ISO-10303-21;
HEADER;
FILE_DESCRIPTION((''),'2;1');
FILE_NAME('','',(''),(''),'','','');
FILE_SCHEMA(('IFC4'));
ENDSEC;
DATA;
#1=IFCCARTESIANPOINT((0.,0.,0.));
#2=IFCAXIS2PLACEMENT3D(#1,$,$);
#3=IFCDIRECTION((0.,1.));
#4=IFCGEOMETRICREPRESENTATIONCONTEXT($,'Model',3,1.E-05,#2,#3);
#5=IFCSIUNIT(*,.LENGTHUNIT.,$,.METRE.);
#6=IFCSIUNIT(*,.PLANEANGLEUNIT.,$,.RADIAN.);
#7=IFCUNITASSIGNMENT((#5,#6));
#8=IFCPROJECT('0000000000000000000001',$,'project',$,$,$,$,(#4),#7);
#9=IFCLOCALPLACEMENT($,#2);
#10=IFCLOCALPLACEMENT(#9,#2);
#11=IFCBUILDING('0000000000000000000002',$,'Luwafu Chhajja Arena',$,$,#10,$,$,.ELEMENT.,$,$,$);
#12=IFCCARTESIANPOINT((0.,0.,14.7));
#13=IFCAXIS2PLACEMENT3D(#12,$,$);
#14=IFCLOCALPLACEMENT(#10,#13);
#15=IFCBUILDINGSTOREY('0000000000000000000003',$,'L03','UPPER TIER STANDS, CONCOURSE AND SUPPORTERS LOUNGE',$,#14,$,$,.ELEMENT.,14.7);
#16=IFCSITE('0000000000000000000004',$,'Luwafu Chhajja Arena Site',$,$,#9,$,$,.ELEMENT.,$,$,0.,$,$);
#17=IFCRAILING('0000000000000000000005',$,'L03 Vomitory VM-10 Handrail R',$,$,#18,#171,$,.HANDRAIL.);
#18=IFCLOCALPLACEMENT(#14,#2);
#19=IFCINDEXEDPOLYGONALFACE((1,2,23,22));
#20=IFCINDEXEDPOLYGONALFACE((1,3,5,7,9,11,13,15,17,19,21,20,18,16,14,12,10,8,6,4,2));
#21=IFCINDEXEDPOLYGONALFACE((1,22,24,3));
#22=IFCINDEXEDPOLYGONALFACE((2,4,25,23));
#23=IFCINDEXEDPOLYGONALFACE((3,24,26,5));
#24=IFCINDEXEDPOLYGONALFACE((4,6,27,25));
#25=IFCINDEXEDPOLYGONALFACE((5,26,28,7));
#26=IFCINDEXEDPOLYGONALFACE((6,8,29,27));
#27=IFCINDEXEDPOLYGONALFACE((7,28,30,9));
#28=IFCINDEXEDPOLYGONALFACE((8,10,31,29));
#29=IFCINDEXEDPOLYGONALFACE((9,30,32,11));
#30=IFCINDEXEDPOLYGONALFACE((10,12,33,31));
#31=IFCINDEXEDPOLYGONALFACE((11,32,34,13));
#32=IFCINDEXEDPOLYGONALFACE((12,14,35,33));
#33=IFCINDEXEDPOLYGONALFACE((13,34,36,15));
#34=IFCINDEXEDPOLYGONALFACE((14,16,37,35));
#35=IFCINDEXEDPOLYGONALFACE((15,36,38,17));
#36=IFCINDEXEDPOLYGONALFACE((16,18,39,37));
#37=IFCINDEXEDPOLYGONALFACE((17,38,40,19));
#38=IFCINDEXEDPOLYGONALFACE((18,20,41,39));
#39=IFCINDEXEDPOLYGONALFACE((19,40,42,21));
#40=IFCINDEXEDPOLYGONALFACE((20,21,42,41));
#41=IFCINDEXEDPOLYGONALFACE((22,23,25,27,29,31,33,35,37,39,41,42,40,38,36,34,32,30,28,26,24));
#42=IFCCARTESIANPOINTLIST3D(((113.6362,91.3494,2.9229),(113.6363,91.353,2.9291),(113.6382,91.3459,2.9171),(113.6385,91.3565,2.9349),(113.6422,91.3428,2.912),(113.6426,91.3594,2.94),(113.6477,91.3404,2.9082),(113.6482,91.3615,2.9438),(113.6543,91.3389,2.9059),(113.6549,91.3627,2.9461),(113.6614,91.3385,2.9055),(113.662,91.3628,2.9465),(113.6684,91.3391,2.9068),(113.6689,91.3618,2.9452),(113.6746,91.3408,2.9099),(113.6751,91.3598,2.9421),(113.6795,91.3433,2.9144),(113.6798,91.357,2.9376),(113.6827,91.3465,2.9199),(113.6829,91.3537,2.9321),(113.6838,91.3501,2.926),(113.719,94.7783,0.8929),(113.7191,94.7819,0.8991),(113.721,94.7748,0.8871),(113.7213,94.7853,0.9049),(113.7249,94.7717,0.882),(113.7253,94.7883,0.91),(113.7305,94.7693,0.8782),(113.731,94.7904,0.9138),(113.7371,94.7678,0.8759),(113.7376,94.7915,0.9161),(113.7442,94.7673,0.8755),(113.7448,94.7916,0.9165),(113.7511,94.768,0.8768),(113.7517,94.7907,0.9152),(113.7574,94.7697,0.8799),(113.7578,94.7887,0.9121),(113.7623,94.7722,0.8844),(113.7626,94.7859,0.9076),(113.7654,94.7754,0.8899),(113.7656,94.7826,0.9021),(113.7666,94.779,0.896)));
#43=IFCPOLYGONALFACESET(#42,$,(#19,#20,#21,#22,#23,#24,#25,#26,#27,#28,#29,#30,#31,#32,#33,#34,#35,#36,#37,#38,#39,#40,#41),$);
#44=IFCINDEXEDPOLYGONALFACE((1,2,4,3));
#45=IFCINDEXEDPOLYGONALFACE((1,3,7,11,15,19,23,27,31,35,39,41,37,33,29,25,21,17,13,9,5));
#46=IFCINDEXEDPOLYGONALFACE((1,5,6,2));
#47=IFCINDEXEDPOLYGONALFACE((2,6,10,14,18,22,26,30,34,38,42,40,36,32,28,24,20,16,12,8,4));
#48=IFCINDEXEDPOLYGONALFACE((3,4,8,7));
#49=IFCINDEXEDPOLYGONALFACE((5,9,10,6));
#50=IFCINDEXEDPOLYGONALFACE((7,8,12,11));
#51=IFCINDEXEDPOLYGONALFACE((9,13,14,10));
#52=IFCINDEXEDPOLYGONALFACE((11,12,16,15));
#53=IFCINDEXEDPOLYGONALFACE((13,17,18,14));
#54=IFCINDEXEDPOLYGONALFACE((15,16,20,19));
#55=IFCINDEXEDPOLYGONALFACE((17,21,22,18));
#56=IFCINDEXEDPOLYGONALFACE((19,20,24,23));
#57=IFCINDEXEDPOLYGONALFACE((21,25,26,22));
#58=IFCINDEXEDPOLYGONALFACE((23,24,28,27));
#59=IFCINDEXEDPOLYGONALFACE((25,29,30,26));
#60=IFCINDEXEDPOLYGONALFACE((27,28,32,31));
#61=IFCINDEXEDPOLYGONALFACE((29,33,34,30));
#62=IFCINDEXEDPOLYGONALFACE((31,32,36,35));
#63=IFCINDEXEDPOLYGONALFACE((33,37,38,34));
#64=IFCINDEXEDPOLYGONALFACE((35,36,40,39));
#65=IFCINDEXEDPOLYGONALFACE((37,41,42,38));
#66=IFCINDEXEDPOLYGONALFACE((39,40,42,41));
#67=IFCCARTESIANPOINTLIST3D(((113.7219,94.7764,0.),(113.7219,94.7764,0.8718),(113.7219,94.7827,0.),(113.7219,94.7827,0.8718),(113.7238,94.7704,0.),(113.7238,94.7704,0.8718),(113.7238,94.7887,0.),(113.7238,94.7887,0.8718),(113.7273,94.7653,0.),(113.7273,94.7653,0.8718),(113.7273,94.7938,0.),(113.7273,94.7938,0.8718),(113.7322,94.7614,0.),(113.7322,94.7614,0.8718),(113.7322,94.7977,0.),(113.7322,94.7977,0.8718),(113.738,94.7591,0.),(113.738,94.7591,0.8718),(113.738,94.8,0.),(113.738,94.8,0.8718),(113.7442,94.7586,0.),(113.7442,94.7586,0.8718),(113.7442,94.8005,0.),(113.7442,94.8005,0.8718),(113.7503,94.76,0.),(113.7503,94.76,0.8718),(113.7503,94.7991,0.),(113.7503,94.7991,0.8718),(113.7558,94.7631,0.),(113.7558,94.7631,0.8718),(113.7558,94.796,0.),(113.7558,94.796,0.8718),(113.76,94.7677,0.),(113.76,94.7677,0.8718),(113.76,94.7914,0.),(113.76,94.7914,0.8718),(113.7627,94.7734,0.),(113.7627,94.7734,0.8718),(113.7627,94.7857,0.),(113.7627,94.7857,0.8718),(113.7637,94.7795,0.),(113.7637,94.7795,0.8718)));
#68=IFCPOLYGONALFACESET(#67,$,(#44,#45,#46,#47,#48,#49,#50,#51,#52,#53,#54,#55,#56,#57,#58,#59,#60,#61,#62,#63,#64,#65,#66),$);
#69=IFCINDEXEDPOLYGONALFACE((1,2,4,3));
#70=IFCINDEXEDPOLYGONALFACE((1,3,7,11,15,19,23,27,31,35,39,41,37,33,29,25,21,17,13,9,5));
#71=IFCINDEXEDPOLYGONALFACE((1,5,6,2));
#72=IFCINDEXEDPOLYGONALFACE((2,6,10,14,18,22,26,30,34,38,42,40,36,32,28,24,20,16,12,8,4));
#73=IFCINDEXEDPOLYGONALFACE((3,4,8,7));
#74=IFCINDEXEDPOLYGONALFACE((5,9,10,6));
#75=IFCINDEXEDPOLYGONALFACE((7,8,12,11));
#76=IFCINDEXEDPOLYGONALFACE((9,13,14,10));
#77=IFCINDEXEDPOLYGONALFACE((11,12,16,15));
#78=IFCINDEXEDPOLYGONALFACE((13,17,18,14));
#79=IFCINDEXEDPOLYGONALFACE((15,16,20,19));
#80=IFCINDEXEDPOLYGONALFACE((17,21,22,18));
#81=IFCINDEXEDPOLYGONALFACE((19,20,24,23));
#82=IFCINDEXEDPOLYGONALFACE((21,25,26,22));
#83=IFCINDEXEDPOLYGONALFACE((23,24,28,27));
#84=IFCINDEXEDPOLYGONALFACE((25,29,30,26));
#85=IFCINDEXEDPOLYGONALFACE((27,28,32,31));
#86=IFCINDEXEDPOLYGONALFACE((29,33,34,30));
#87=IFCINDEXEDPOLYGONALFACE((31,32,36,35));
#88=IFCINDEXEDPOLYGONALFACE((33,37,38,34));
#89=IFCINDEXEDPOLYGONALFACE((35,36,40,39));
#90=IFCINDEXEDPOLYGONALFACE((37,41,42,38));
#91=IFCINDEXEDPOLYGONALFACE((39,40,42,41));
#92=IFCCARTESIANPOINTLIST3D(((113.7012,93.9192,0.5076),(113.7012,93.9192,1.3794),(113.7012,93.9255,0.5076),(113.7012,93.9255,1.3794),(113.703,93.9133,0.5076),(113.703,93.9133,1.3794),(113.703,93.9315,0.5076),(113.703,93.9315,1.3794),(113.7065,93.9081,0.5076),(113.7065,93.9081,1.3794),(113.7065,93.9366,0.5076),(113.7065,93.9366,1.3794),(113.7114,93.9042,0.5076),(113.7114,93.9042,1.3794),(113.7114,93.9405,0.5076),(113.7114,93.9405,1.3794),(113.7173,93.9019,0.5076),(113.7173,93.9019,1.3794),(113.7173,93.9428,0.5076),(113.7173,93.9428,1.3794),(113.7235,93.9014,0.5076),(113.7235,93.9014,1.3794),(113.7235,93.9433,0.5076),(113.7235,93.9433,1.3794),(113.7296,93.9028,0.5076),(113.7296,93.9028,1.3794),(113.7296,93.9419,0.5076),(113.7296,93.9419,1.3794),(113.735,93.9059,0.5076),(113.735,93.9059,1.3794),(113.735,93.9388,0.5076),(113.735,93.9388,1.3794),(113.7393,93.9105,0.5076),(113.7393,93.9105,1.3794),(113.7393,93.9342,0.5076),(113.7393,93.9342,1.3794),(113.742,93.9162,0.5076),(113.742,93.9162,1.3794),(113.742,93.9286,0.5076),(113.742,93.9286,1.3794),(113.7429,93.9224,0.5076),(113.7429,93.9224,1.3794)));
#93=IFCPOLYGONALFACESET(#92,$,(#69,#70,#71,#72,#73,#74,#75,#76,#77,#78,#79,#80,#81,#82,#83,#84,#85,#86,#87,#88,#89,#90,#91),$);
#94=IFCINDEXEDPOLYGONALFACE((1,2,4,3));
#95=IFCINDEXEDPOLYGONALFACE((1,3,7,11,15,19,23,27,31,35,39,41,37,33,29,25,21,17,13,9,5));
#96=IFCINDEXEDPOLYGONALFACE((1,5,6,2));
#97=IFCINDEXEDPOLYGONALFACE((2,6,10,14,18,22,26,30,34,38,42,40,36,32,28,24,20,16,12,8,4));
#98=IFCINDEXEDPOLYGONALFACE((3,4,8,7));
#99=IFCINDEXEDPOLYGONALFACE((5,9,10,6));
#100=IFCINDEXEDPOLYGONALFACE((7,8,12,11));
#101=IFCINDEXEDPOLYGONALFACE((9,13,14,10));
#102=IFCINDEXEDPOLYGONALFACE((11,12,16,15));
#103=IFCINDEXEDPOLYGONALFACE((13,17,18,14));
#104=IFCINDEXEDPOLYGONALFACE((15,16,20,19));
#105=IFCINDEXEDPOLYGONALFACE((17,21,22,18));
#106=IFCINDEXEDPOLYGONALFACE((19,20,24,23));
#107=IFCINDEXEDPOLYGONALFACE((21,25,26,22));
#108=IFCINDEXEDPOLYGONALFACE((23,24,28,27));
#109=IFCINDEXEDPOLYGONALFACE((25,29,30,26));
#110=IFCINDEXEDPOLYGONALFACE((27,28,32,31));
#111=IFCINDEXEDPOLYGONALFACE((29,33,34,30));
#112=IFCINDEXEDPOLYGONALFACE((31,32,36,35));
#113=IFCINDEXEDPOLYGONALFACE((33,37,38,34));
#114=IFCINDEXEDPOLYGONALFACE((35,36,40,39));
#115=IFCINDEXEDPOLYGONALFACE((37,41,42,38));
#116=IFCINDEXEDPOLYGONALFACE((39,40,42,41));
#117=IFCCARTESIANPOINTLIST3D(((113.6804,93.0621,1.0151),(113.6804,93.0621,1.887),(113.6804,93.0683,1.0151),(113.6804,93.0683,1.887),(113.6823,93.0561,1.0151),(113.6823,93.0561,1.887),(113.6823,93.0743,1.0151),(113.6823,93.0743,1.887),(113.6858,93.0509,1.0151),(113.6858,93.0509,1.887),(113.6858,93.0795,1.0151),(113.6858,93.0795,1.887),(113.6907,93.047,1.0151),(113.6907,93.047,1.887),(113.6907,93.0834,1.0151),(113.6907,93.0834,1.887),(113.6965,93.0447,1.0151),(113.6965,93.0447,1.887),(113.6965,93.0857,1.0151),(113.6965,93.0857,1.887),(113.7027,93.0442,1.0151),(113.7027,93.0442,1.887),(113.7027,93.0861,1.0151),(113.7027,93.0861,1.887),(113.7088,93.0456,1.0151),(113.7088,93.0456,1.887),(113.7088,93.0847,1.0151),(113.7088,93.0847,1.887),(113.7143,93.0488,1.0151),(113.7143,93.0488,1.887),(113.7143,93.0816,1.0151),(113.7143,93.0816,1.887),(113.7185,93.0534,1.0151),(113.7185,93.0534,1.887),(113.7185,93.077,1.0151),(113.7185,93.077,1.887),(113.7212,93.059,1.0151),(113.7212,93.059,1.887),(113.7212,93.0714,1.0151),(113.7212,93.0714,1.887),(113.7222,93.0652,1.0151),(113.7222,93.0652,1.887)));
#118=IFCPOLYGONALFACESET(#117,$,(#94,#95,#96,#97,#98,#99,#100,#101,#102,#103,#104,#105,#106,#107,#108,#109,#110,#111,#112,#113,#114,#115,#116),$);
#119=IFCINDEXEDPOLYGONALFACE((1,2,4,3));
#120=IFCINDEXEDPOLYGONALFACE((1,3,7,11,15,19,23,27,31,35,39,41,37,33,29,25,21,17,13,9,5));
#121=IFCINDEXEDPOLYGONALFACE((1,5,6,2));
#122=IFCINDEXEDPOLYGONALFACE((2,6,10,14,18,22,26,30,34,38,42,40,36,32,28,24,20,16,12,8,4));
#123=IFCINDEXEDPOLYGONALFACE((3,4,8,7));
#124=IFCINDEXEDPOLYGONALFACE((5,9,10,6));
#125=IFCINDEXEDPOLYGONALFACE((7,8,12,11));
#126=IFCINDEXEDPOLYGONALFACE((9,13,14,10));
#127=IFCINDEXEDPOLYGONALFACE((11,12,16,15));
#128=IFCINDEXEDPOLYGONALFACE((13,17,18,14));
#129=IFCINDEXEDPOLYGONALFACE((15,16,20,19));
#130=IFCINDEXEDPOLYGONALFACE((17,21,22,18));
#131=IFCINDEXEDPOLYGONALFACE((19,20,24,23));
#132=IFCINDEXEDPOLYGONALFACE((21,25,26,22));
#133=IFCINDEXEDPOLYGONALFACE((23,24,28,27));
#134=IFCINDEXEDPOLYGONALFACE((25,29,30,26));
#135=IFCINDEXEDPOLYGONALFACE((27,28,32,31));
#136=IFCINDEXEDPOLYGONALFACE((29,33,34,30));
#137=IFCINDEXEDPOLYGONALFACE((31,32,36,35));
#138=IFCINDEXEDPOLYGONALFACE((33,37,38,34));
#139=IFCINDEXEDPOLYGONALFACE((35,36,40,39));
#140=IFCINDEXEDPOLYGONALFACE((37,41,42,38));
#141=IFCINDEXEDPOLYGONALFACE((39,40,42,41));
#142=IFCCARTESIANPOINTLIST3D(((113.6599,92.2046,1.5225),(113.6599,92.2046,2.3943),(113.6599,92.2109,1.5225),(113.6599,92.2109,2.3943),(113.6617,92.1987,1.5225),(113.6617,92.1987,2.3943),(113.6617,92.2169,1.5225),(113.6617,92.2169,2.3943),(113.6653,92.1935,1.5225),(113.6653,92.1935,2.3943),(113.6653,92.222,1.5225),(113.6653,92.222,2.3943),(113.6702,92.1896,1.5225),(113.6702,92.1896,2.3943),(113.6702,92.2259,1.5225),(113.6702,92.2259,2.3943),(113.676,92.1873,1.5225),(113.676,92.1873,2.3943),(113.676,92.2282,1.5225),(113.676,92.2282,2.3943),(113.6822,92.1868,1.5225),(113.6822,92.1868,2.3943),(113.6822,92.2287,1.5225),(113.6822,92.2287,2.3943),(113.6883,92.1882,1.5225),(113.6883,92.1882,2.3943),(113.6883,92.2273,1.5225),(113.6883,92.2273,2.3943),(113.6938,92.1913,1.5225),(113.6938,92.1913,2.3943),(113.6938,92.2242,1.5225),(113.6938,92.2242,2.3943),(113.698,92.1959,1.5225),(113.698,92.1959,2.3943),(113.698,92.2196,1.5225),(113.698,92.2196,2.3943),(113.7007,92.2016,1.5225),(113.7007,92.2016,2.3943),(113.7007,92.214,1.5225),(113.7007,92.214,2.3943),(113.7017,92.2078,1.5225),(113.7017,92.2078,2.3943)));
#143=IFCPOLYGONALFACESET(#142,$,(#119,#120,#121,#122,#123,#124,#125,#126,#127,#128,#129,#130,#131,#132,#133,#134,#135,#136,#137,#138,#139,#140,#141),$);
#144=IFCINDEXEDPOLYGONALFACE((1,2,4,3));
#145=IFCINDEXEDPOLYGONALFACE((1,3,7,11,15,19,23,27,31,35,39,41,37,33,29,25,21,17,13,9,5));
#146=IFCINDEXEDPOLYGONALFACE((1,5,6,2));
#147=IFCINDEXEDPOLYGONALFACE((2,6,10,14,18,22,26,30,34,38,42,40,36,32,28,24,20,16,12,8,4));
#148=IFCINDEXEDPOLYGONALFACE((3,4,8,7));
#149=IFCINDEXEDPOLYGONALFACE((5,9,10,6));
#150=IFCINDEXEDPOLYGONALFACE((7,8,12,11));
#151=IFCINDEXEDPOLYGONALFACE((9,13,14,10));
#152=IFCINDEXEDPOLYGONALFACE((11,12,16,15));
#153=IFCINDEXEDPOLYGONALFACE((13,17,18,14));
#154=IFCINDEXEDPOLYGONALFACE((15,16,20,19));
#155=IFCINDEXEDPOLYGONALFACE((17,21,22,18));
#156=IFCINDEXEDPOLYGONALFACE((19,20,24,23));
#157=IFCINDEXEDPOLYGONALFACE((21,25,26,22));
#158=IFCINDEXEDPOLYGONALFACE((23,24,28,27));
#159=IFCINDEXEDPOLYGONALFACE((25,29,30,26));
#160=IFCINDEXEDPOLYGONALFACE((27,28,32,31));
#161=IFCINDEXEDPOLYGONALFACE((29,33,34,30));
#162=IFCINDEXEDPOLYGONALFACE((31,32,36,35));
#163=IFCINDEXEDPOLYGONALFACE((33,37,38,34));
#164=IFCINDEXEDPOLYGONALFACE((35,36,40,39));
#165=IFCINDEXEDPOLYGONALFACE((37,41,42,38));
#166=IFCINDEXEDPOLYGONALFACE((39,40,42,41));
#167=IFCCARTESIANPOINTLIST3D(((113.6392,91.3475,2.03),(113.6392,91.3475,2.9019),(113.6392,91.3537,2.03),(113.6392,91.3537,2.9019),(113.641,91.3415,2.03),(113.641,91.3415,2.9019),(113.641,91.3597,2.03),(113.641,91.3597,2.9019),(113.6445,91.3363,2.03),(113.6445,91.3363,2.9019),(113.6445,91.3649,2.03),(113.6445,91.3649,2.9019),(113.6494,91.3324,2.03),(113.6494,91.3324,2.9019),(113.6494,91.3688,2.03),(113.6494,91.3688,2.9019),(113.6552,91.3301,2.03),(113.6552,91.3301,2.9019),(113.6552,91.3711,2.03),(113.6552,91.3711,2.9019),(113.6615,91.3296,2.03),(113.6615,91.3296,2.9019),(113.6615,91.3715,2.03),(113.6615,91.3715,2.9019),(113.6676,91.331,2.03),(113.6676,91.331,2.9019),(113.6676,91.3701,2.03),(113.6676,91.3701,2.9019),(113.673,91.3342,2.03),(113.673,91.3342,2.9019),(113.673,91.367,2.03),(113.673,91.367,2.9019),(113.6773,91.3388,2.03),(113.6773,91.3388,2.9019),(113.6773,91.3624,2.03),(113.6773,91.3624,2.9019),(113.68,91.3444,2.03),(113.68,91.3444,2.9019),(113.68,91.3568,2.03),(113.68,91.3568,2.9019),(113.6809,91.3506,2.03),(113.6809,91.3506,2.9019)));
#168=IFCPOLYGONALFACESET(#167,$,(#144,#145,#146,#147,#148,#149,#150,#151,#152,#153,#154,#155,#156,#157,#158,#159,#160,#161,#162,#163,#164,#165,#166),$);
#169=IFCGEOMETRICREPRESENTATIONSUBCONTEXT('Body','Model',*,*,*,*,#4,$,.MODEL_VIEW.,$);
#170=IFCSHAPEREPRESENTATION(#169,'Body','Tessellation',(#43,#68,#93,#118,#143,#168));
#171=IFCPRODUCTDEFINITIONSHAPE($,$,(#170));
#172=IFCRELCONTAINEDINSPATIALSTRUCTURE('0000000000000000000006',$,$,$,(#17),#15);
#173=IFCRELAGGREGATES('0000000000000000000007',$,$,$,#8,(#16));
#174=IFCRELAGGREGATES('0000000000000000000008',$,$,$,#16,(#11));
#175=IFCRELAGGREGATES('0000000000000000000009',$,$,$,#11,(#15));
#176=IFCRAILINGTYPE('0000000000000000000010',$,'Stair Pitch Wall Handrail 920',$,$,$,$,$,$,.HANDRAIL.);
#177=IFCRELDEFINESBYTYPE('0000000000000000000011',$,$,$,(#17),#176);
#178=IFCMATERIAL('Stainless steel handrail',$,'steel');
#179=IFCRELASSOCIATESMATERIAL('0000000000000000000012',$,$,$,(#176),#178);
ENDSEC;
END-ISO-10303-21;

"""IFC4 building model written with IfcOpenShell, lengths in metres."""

from ifc_helpers import new_model, si_unit, direction, frame, origin, origin_2d, place, context, subcontext, project, spatial, circle, extrude, material, type_object, element, save


model = new_model("IFC4")

# Units and contexts
model_context = context("Model", 3, precision=1e-05, world=origin(), true_north=direction((0.0, 1.0)))
body_context = subcontext(model_context, "Body", "Model", "MODEL_VIEW")
ifc_project = project(units=[si_unit("LENGTHUNIT", "METRE"), si_unit("PLANEANGLEUNIT", "RADIAN")], contexts=[model_context])

# Site, building, storey
site_placement = place(None, origin())
site = spatial("IfcSite", under=ifc_project, at=site_placement, Name="Luwafu Chhajja Arena Site", CompositionType="ELEMENT", RefElevation=0.0)
building_placement = place(site_placement, origin())
building = spatial("IfcBuilding", under=site, at=building_placement, Name="Luwafu Chhajja Arena", CompositionType="ELEMENT")
storey_placement = place(building_placement, frame((0.0, 0.0, 14.7)))
storey = spatial("IfcBuildingStorey", under=building, at=storey_placement, Name="L03", Description="UPPER TIER STANDS, CONCOURSE AND SUPPORTERS LOUNGE", CompositionType="ELEMENT", Elevation=14.7)

# Railing
ifc_material_1 = material(Name="Stainless steel handrail", Category="steel")
railing_type_1 = type_object("IfcRailingType", Name="Stair Pitch Wall Handrail 920", PredefinedType="HANDRAIL", material=ifc_material_1)
railing_1_placement = place(storey_placement, frame((113.7427, 94.7795, 0.0)))
element("IfcRailing", 1, at=railing_1_placement, inside=storey, type_object=railing_type_1, Name="L03 Vomitory VM-10 Handrail R", PredefinedType="HANDRAIL", context=body_context, shape_type="SweptSolid", body=[
    extrude(circle(Radius=0.0239, at=origin_2d()), frame((0.0, 0.0, 0.896), z_axis=(-0.020765, -0.86032, 0.509331), x_axis=(0.999709, -0.02413, 0.0)), (0.0, 0.0, 1.0), 3.9856),
    extrude(circle(Radius=0.021, at=origin_2d()), origin(), (0.0, 0.0, 1.0), 0.8718),
    extrude(circle(Radius=0.021, at=origin_2d()), frame((-0.0208, -0.8572, 0.5076)), (0.0, 0.0, 1.0), 0.8718),
    extrude(circle(Radius=0.021, at=origin_2d()), frame((-0.0415, -1.7144, 1.0151)), (0.0, 0.0, 1.0), 0.8718),
    extrude(circle(Radius=0.021, at=origin_2d()), frame((-0.062, -2.5718, 1.5225)), (0.0, 0.0, 1.0), 0.8718),
    extrude(circle(Radius=0.021, at=origin_2d()), frame((-0.0828, -3.429, 2.03)), (0.0, 0.0, 1.0), 0.8718),
])

save(model, "model.ifc")
